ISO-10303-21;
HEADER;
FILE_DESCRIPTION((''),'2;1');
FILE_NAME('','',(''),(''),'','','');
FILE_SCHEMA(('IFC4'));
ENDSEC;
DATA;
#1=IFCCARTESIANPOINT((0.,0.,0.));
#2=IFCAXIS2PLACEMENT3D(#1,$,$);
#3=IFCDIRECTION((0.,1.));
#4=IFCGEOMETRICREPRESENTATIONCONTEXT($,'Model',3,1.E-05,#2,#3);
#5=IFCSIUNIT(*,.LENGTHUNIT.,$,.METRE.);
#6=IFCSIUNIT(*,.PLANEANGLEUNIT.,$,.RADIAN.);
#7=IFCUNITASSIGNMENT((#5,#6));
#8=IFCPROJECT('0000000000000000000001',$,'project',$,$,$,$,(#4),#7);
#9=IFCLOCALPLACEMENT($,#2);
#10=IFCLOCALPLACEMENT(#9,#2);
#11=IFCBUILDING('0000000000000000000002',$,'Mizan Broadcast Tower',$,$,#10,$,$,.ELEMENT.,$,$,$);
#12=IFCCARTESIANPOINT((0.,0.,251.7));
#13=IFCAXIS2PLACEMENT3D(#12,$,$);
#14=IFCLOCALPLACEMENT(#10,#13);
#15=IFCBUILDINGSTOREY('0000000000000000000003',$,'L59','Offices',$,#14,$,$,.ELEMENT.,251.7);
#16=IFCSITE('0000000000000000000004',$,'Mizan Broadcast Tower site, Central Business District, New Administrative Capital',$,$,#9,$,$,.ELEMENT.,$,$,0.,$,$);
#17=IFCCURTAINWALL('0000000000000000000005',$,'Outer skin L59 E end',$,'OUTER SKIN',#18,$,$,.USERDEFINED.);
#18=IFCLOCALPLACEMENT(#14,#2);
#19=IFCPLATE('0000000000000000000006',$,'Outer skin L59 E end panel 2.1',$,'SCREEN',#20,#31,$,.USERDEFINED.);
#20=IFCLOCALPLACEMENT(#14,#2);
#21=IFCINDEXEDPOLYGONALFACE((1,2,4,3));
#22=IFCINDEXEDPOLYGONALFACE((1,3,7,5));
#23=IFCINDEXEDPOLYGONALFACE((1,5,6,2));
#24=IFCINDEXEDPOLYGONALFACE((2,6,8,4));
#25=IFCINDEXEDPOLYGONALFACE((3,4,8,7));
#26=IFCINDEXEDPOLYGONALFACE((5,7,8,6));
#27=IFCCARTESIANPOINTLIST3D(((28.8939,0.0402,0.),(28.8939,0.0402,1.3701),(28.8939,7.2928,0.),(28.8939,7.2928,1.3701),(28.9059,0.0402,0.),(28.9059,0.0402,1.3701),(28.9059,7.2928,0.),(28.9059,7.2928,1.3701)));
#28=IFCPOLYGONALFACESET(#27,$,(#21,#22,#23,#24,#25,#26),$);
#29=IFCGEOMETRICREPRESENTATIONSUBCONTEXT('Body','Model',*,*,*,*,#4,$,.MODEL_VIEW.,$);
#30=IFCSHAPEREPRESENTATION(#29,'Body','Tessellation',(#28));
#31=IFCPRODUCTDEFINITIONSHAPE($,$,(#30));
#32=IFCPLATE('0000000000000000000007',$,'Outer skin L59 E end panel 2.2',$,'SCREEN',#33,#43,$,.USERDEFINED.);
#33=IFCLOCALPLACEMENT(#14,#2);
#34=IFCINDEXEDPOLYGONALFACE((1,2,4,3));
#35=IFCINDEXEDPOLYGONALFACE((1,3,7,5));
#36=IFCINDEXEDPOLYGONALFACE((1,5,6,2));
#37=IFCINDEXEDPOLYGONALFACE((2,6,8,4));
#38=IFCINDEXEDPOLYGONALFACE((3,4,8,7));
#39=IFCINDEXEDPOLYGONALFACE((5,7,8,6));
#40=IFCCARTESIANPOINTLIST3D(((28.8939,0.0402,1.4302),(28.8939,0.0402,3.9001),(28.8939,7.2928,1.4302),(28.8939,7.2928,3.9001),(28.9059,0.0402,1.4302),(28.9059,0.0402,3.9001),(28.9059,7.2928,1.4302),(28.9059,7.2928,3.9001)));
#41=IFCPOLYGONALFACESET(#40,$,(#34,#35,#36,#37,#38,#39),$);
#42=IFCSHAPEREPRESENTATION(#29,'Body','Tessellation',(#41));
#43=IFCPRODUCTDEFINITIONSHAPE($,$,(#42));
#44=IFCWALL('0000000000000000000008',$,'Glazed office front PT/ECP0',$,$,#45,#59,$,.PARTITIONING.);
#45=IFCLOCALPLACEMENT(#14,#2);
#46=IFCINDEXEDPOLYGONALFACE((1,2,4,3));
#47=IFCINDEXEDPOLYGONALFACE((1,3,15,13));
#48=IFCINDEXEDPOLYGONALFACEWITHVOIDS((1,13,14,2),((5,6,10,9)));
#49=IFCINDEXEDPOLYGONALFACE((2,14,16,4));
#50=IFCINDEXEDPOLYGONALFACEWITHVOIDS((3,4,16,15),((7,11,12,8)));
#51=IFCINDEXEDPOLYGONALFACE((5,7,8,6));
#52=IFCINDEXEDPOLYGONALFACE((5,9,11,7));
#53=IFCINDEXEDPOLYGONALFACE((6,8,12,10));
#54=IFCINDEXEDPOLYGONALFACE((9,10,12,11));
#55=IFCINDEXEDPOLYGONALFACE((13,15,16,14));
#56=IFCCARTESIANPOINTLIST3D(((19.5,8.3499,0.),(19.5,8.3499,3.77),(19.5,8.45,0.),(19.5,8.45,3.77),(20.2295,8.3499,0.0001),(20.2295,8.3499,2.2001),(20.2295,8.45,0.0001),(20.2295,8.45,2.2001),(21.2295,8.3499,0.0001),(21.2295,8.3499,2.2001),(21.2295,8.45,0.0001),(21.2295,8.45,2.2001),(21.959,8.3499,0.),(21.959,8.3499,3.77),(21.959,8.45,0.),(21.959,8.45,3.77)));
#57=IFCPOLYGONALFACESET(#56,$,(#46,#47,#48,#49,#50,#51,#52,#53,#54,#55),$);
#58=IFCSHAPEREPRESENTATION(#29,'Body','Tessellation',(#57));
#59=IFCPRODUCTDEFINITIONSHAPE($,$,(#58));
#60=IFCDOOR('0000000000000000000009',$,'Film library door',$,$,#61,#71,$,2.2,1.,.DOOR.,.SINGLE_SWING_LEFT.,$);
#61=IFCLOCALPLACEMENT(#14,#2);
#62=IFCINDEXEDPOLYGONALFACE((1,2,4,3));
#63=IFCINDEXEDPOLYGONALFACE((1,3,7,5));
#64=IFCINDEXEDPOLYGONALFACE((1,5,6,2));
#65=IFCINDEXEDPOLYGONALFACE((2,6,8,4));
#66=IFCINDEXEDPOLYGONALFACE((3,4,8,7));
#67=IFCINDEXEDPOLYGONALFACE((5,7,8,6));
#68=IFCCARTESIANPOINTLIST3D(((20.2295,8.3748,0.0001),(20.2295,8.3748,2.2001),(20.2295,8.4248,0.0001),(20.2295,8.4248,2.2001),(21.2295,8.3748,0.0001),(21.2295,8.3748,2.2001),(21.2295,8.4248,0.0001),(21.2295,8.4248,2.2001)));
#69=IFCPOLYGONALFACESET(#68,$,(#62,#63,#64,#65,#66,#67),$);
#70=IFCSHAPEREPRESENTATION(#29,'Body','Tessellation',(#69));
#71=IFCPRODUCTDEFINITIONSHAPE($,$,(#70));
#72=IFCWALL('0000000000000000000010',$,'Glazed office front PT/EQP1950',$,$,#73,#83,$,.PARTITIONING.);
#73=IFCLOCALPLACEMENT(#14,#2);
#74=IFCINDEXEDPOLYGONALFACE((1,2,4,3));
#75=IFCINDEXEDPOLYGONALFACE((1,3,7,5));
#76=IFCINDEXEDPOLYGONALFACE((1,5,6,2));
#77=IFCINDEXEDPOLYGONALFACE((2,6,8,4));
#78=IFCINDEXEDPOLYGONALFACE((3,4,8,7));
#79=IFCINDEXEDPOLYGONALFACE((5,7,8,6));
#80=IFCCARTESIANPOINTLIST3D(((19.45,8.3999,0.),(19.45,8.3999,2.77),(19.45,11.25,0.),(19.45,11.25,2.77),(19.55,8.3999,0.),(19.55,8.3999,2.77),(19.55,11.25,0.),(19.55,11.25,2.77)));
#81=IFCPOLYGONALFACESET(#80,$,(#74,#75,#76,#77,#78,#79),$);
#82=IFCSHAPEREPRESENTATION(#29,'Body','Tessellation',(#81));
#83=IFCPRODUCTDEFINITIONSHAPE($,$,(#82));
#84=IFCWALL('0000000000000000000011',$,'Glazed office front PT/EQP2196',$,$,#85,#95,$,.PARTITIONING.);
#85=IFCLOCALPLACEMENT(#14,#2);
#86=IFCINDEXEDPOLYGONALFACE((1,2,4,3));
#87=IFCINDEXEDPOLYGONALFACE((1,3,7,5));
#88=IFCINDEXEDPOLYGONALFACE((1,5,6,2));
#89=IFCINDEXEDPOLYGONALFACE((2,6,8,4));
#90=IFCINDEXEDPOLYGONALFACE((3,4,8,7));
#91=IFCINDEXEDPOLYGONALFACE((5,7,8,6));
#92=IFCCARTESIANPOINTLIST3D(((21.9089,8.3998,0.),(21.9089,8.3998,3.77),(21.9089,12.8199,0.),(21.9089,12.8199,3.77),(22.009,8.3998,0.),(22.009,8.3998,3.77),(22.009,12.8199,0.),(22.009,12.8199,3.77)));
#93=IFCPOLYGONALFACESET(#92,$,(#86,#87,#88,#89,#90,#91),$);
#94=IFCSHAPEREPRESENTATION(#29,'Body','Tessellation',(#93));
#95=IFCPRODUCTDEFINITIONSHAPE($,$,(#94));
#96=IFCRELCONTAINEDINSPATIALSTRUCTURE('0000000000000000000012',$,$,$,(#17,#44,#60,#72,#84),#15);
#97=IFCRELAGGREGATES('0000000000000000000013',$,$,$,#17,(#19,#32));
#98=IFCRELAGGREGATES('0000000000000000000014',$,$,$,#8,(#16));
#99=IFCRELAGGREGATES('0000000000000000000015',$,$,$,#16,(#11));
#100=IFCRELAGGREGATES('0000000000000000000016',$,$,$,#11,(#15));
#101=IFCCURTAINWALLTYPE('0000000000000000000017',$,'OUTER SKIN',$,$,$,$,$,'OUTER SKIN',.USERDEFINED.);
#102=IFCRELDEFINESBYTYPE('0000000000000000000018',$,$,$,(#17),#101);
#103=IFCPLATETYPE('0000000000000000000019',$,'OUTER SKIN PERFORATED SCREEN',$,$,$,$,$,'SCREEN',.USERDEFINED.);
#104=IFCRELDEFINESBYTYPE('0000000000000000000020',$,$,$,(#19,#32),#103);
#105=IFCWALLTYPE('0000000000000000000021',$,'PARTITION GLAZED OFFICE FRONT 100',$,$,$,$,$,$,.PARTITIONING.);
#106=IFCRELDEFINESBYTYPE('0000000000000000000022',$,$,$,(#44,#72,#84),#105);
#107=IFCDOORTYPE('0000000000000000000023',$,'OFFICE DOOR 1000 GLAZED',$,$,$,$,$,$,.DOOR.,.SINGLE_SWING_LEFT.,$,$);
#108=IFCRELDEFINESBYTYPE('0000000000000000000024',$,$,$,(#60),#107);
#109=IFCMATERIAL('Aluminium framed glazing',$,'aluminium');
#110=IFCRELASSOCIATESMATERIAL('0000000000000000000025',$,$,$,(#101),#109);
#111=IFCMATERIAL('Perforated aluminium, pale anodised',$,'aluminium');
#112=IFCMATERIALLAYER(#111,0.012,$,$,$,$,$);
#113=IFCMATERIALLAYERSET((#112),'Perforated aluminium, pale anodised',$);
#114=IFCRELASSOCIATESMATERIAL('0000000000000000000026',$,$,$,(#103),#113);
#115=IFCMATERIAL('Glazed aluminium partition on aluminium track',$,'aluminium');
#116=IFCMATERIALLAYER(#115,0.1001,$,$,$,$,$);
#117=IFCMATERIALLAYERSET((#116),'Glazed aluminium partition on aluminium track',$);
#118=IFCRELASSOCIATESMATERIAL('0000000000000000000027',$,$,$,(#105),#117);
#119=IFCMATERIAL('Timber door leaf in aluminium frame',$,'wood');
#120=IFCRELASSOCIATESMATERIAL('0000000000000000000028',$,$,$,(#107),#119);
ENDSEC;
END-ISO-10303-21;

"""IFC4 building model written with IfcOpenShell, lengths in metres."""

from ifc_helpers import new_model, si_unit, direction, frame, frame_2d, origin, origin_2d, place, context, subcontext, project, spatial, rectangle, extrude, material, layer, layer_set, type_object, element, fill, aggregate, save


model = new_model("IFC4")

# Units and contexts
model_context = context("Model", 3, precision=1e-05, world=origin(), true_north=direction((0.0, 1.0)))
body_context = subcontext(model_context, "Body", "Model", "MODEL_VIEW")
ifc_project = project(units=[si_unit("LENGTHUNIT", "METRE"), si_unit("PLANEANGLEUNIT", "RADIAN")], contexts=[model_context])

# Site, building, storey
site_placement = place(None, origin())
site = spatial("IfcSite", under=ifc_project, at=site_placement, Name="Mizan Broadcast Tower site, Central Business District, New Administrative Capital", CompositionType="ELEMENT", RefElevation=0.0)
building_placement = place(site_placement, origin())
building = spatial("IfcBuilding", under=site, at=building_placement, Name="Mizan Broadcast Tower", CompositionType="ELEMENT")
storey_placement = place(building_placement, frame((0.0, 0.0, 251.7)))
storey = spatial("IfcBuildingStorey", under=building, at=storey_placement, Name="L59", Description="Offices", CompositionType="ELEMENT", Elevation=251.7)

# Curtain wall
ifc_material_1 = material(Name="Aluminium framed glazing", Category="aluminium")
curtain_wall_type_1 = type_object("IfcCurtainWallType", Name="OUTER SKIN", ElementType="OUTER SKIN", PredefinedType="USERDEFINED", material=ifc_material_1)
curtain_wall_1_placement = place(storey_placement, origin())
curtain_wall_1 = element("IfcCurtainWall", 1, at=curtain_wall_1_placement, inside=storey, type_object=curtain_wall_type_1, Name="Outer skin L59 E end", ObjectType="OUTER SKIN", PredefinedType="USERDEFINED")

# Plates
ifc_material_2 = material(Name="Perforated aluminium, pale anodised", Category="aluminium")
ifc_layer_1 = layer(ifc_material_2, 0.012)
ifc_layer_set_1 = layer_set([ifc_layer_1], Name="Perforated aluminium, pale anodised")
plate_type_1 = type_object("IfcPlateType", Name="OUTER SKIN PERFORATED SCREEN", ElementType="SCREEN", PredefinedType="USERDEFINED", material=ifc_layer_set_1)
plate_1_placement = place(storey_placement, frame((28.8999, 3.6665, 0.0), z_axis=(0.0, 0.0, 1.0), x_axis=(0.0, 1.0, 0.0)))
plate_1 = element("IfcPlate", 2, at=plate_1_placement, type_object=plate_type_1, Name="Outer skin L59 E end panel 2.1", ObjectType="SCREEN", PredefinedType="USERDEFINED", context=body_context, shape_type="SweptSolid", body=[
    extrude(rectangle(XDim=7.2527, YDim=0.012, at=origin_2d()), origin(), (0.0, 0.0, 1.0), 1.3701),
])
plate_2_placement = place(storey_placement, frame((28.8999, 3.6665, 1.4302), z_axis=(0.0, 0.0, 1.0), x_axis=(0.0, 1.0, 0.0)))
plate_2 = element("IfcPlate", 3, at=plate_2_placement, type_object=plate_type_1, Name="Outer skin L59 E end panel 2.2", ObjectType="SCREEN", PredefinedType="USERDEFINED", context=body_context, shape_type="SweptSolid", body=[
    extrude(rectangle(XDim=7.2527, YDim=0.012, at=origin_2d()), origin(), (0.0, 0.0, 1.0), 2.47),
])
aggregate(curtain_wall_1, [plate_1, plate_2])

# Wall, opening, door
ifc_material_3 = material(Name="Glazed aluminium partition on aluminium track", Category="aluminium")
ifc_layer_2 = layer(ifc_material_3, 0.1001)
ifc_layer_set_2 = layer_set([ifc_layer_2], Name="Glazed aluminium partition on aluminium track")
wall_type = type_object("IfcWallType", Name="PARTITION GLAZED OFFICE FRONT 100", PredefinedType="PARTITIONING", material=ifc_layer_set_2)
wall_1_placement = place(storey_placement, frame((19.5, 8.3999, 0.0), z_axis=(0.0, 0.0, 1.0), x_axis=(1.0, 0.0, 0.0)))
wall_1 = element("IfcWall", 4, at=wall_1_placement, inside=storey, type_object=wall_type, Name="Glazed office front PT/ECP0", PredefinedType="PARTITIONING", context=body_context, shape_type="SweptSolid", body=[
    extrude(rectangle(XDim=2.459, YDim=0.1001, at=frame_2d((1.2295, 0.0))), origin(), (0.0, 0.0, 1.0), 3.77),
])
opening_placement = place(wall_1_placement, frame((0.7295, 0.0, 0.0)))
opening = element("IfcOpeningElement", 5, at=opening_placement, cuts=wall_1, PredefinedType="OPENING", context=body_context, shape_type="SweptSolid", body=[
    extrude(rectangle(XDim=1.0, YDim=2.2, at=frame_2d((0.5, 1.1001))), frame((0.0, 0.0601, 0.0), z_axis=(0.0, -1.0, 0.0), x_axis=(1.0, 0.0, 0.0)), (0.0, 0.0, 1.0), 0.1201),
])
ifc_material_4 = material(Name="Timber door leaf in aluminium frame", Category="wood")
door_type = type_object("IfcDoorType", Name="OFFICE DOOR 1000 GLAZED", OperationType="SINGLE_SWING_LEFT", PredefinedType="DOOR", material=ifc_material_4)
door_placement = place(opening_placement, origin())
door = element("IfcDoor", 6, at=door_placement, inside=storey, type_object=door_type, Name="Film library door", OperationType="SINGLE_SWING_LEFT", OverallHeight=2.2, OverallWidth=1.0, PredefinedType="DOOR", context=body_context, shape_type="SweptSolid", body=[
    extrude(rectangle(XDim=1.0, YDim=2.2, at=frame_2d((0.5, 1.1001))), frame((0.0, 0.0249, 0.0), z_axis=(0.0, -1.0, 0.0), x_axis=(1.0, 0.0, 0.0)), (0.0, 0.0, 1.0), 0.05),
])
fill(opening, door)

# Walls
wall_2_placement = place(storey_placement, frame((19.5, 8.3999, 0.0), z_axis=(0.0, 0.0, 1.0), x_axis=(0.0, 1.0, 0.0)))
element("IfcWall", 7, at=wall_2_placement, inside=storey, type_object=wall_type, Name="Glazed office front PT/EQP1950", PredefinedType="PARTITIONING", context=body_context, shape_type="SweptSolid", body=[
    extrude(rectangle(XDim=2.8501, YDim=0.1001, at=frame_2d((1.425, 0.0))), origin(), (0.0, 0.0, 1.0), 2.77),
])
wall_3_placement = place(storey_placement, frame((21.959, 8.3999, 0.0), z_axis=(0.0, 0.0, 1.0), x_axis=(0.0, 1.0, 0.0)))
element("IfcWall", 8, at=wall_3_placement, inside=storey, type_object=wall_type, Name="Glazed office front PT/EQP2196", PredefinedType="PARTITIONING", context=body_context, shape_type="SweptSolid", body=[
    extrude(rectangle(XDim=4.4202, YDim=0.1001, at=frame_2d((2.21, 0.0))), origin(), (0.0, 0.0, 1.0), 3.77),
])

save(model, "model.ifc")
